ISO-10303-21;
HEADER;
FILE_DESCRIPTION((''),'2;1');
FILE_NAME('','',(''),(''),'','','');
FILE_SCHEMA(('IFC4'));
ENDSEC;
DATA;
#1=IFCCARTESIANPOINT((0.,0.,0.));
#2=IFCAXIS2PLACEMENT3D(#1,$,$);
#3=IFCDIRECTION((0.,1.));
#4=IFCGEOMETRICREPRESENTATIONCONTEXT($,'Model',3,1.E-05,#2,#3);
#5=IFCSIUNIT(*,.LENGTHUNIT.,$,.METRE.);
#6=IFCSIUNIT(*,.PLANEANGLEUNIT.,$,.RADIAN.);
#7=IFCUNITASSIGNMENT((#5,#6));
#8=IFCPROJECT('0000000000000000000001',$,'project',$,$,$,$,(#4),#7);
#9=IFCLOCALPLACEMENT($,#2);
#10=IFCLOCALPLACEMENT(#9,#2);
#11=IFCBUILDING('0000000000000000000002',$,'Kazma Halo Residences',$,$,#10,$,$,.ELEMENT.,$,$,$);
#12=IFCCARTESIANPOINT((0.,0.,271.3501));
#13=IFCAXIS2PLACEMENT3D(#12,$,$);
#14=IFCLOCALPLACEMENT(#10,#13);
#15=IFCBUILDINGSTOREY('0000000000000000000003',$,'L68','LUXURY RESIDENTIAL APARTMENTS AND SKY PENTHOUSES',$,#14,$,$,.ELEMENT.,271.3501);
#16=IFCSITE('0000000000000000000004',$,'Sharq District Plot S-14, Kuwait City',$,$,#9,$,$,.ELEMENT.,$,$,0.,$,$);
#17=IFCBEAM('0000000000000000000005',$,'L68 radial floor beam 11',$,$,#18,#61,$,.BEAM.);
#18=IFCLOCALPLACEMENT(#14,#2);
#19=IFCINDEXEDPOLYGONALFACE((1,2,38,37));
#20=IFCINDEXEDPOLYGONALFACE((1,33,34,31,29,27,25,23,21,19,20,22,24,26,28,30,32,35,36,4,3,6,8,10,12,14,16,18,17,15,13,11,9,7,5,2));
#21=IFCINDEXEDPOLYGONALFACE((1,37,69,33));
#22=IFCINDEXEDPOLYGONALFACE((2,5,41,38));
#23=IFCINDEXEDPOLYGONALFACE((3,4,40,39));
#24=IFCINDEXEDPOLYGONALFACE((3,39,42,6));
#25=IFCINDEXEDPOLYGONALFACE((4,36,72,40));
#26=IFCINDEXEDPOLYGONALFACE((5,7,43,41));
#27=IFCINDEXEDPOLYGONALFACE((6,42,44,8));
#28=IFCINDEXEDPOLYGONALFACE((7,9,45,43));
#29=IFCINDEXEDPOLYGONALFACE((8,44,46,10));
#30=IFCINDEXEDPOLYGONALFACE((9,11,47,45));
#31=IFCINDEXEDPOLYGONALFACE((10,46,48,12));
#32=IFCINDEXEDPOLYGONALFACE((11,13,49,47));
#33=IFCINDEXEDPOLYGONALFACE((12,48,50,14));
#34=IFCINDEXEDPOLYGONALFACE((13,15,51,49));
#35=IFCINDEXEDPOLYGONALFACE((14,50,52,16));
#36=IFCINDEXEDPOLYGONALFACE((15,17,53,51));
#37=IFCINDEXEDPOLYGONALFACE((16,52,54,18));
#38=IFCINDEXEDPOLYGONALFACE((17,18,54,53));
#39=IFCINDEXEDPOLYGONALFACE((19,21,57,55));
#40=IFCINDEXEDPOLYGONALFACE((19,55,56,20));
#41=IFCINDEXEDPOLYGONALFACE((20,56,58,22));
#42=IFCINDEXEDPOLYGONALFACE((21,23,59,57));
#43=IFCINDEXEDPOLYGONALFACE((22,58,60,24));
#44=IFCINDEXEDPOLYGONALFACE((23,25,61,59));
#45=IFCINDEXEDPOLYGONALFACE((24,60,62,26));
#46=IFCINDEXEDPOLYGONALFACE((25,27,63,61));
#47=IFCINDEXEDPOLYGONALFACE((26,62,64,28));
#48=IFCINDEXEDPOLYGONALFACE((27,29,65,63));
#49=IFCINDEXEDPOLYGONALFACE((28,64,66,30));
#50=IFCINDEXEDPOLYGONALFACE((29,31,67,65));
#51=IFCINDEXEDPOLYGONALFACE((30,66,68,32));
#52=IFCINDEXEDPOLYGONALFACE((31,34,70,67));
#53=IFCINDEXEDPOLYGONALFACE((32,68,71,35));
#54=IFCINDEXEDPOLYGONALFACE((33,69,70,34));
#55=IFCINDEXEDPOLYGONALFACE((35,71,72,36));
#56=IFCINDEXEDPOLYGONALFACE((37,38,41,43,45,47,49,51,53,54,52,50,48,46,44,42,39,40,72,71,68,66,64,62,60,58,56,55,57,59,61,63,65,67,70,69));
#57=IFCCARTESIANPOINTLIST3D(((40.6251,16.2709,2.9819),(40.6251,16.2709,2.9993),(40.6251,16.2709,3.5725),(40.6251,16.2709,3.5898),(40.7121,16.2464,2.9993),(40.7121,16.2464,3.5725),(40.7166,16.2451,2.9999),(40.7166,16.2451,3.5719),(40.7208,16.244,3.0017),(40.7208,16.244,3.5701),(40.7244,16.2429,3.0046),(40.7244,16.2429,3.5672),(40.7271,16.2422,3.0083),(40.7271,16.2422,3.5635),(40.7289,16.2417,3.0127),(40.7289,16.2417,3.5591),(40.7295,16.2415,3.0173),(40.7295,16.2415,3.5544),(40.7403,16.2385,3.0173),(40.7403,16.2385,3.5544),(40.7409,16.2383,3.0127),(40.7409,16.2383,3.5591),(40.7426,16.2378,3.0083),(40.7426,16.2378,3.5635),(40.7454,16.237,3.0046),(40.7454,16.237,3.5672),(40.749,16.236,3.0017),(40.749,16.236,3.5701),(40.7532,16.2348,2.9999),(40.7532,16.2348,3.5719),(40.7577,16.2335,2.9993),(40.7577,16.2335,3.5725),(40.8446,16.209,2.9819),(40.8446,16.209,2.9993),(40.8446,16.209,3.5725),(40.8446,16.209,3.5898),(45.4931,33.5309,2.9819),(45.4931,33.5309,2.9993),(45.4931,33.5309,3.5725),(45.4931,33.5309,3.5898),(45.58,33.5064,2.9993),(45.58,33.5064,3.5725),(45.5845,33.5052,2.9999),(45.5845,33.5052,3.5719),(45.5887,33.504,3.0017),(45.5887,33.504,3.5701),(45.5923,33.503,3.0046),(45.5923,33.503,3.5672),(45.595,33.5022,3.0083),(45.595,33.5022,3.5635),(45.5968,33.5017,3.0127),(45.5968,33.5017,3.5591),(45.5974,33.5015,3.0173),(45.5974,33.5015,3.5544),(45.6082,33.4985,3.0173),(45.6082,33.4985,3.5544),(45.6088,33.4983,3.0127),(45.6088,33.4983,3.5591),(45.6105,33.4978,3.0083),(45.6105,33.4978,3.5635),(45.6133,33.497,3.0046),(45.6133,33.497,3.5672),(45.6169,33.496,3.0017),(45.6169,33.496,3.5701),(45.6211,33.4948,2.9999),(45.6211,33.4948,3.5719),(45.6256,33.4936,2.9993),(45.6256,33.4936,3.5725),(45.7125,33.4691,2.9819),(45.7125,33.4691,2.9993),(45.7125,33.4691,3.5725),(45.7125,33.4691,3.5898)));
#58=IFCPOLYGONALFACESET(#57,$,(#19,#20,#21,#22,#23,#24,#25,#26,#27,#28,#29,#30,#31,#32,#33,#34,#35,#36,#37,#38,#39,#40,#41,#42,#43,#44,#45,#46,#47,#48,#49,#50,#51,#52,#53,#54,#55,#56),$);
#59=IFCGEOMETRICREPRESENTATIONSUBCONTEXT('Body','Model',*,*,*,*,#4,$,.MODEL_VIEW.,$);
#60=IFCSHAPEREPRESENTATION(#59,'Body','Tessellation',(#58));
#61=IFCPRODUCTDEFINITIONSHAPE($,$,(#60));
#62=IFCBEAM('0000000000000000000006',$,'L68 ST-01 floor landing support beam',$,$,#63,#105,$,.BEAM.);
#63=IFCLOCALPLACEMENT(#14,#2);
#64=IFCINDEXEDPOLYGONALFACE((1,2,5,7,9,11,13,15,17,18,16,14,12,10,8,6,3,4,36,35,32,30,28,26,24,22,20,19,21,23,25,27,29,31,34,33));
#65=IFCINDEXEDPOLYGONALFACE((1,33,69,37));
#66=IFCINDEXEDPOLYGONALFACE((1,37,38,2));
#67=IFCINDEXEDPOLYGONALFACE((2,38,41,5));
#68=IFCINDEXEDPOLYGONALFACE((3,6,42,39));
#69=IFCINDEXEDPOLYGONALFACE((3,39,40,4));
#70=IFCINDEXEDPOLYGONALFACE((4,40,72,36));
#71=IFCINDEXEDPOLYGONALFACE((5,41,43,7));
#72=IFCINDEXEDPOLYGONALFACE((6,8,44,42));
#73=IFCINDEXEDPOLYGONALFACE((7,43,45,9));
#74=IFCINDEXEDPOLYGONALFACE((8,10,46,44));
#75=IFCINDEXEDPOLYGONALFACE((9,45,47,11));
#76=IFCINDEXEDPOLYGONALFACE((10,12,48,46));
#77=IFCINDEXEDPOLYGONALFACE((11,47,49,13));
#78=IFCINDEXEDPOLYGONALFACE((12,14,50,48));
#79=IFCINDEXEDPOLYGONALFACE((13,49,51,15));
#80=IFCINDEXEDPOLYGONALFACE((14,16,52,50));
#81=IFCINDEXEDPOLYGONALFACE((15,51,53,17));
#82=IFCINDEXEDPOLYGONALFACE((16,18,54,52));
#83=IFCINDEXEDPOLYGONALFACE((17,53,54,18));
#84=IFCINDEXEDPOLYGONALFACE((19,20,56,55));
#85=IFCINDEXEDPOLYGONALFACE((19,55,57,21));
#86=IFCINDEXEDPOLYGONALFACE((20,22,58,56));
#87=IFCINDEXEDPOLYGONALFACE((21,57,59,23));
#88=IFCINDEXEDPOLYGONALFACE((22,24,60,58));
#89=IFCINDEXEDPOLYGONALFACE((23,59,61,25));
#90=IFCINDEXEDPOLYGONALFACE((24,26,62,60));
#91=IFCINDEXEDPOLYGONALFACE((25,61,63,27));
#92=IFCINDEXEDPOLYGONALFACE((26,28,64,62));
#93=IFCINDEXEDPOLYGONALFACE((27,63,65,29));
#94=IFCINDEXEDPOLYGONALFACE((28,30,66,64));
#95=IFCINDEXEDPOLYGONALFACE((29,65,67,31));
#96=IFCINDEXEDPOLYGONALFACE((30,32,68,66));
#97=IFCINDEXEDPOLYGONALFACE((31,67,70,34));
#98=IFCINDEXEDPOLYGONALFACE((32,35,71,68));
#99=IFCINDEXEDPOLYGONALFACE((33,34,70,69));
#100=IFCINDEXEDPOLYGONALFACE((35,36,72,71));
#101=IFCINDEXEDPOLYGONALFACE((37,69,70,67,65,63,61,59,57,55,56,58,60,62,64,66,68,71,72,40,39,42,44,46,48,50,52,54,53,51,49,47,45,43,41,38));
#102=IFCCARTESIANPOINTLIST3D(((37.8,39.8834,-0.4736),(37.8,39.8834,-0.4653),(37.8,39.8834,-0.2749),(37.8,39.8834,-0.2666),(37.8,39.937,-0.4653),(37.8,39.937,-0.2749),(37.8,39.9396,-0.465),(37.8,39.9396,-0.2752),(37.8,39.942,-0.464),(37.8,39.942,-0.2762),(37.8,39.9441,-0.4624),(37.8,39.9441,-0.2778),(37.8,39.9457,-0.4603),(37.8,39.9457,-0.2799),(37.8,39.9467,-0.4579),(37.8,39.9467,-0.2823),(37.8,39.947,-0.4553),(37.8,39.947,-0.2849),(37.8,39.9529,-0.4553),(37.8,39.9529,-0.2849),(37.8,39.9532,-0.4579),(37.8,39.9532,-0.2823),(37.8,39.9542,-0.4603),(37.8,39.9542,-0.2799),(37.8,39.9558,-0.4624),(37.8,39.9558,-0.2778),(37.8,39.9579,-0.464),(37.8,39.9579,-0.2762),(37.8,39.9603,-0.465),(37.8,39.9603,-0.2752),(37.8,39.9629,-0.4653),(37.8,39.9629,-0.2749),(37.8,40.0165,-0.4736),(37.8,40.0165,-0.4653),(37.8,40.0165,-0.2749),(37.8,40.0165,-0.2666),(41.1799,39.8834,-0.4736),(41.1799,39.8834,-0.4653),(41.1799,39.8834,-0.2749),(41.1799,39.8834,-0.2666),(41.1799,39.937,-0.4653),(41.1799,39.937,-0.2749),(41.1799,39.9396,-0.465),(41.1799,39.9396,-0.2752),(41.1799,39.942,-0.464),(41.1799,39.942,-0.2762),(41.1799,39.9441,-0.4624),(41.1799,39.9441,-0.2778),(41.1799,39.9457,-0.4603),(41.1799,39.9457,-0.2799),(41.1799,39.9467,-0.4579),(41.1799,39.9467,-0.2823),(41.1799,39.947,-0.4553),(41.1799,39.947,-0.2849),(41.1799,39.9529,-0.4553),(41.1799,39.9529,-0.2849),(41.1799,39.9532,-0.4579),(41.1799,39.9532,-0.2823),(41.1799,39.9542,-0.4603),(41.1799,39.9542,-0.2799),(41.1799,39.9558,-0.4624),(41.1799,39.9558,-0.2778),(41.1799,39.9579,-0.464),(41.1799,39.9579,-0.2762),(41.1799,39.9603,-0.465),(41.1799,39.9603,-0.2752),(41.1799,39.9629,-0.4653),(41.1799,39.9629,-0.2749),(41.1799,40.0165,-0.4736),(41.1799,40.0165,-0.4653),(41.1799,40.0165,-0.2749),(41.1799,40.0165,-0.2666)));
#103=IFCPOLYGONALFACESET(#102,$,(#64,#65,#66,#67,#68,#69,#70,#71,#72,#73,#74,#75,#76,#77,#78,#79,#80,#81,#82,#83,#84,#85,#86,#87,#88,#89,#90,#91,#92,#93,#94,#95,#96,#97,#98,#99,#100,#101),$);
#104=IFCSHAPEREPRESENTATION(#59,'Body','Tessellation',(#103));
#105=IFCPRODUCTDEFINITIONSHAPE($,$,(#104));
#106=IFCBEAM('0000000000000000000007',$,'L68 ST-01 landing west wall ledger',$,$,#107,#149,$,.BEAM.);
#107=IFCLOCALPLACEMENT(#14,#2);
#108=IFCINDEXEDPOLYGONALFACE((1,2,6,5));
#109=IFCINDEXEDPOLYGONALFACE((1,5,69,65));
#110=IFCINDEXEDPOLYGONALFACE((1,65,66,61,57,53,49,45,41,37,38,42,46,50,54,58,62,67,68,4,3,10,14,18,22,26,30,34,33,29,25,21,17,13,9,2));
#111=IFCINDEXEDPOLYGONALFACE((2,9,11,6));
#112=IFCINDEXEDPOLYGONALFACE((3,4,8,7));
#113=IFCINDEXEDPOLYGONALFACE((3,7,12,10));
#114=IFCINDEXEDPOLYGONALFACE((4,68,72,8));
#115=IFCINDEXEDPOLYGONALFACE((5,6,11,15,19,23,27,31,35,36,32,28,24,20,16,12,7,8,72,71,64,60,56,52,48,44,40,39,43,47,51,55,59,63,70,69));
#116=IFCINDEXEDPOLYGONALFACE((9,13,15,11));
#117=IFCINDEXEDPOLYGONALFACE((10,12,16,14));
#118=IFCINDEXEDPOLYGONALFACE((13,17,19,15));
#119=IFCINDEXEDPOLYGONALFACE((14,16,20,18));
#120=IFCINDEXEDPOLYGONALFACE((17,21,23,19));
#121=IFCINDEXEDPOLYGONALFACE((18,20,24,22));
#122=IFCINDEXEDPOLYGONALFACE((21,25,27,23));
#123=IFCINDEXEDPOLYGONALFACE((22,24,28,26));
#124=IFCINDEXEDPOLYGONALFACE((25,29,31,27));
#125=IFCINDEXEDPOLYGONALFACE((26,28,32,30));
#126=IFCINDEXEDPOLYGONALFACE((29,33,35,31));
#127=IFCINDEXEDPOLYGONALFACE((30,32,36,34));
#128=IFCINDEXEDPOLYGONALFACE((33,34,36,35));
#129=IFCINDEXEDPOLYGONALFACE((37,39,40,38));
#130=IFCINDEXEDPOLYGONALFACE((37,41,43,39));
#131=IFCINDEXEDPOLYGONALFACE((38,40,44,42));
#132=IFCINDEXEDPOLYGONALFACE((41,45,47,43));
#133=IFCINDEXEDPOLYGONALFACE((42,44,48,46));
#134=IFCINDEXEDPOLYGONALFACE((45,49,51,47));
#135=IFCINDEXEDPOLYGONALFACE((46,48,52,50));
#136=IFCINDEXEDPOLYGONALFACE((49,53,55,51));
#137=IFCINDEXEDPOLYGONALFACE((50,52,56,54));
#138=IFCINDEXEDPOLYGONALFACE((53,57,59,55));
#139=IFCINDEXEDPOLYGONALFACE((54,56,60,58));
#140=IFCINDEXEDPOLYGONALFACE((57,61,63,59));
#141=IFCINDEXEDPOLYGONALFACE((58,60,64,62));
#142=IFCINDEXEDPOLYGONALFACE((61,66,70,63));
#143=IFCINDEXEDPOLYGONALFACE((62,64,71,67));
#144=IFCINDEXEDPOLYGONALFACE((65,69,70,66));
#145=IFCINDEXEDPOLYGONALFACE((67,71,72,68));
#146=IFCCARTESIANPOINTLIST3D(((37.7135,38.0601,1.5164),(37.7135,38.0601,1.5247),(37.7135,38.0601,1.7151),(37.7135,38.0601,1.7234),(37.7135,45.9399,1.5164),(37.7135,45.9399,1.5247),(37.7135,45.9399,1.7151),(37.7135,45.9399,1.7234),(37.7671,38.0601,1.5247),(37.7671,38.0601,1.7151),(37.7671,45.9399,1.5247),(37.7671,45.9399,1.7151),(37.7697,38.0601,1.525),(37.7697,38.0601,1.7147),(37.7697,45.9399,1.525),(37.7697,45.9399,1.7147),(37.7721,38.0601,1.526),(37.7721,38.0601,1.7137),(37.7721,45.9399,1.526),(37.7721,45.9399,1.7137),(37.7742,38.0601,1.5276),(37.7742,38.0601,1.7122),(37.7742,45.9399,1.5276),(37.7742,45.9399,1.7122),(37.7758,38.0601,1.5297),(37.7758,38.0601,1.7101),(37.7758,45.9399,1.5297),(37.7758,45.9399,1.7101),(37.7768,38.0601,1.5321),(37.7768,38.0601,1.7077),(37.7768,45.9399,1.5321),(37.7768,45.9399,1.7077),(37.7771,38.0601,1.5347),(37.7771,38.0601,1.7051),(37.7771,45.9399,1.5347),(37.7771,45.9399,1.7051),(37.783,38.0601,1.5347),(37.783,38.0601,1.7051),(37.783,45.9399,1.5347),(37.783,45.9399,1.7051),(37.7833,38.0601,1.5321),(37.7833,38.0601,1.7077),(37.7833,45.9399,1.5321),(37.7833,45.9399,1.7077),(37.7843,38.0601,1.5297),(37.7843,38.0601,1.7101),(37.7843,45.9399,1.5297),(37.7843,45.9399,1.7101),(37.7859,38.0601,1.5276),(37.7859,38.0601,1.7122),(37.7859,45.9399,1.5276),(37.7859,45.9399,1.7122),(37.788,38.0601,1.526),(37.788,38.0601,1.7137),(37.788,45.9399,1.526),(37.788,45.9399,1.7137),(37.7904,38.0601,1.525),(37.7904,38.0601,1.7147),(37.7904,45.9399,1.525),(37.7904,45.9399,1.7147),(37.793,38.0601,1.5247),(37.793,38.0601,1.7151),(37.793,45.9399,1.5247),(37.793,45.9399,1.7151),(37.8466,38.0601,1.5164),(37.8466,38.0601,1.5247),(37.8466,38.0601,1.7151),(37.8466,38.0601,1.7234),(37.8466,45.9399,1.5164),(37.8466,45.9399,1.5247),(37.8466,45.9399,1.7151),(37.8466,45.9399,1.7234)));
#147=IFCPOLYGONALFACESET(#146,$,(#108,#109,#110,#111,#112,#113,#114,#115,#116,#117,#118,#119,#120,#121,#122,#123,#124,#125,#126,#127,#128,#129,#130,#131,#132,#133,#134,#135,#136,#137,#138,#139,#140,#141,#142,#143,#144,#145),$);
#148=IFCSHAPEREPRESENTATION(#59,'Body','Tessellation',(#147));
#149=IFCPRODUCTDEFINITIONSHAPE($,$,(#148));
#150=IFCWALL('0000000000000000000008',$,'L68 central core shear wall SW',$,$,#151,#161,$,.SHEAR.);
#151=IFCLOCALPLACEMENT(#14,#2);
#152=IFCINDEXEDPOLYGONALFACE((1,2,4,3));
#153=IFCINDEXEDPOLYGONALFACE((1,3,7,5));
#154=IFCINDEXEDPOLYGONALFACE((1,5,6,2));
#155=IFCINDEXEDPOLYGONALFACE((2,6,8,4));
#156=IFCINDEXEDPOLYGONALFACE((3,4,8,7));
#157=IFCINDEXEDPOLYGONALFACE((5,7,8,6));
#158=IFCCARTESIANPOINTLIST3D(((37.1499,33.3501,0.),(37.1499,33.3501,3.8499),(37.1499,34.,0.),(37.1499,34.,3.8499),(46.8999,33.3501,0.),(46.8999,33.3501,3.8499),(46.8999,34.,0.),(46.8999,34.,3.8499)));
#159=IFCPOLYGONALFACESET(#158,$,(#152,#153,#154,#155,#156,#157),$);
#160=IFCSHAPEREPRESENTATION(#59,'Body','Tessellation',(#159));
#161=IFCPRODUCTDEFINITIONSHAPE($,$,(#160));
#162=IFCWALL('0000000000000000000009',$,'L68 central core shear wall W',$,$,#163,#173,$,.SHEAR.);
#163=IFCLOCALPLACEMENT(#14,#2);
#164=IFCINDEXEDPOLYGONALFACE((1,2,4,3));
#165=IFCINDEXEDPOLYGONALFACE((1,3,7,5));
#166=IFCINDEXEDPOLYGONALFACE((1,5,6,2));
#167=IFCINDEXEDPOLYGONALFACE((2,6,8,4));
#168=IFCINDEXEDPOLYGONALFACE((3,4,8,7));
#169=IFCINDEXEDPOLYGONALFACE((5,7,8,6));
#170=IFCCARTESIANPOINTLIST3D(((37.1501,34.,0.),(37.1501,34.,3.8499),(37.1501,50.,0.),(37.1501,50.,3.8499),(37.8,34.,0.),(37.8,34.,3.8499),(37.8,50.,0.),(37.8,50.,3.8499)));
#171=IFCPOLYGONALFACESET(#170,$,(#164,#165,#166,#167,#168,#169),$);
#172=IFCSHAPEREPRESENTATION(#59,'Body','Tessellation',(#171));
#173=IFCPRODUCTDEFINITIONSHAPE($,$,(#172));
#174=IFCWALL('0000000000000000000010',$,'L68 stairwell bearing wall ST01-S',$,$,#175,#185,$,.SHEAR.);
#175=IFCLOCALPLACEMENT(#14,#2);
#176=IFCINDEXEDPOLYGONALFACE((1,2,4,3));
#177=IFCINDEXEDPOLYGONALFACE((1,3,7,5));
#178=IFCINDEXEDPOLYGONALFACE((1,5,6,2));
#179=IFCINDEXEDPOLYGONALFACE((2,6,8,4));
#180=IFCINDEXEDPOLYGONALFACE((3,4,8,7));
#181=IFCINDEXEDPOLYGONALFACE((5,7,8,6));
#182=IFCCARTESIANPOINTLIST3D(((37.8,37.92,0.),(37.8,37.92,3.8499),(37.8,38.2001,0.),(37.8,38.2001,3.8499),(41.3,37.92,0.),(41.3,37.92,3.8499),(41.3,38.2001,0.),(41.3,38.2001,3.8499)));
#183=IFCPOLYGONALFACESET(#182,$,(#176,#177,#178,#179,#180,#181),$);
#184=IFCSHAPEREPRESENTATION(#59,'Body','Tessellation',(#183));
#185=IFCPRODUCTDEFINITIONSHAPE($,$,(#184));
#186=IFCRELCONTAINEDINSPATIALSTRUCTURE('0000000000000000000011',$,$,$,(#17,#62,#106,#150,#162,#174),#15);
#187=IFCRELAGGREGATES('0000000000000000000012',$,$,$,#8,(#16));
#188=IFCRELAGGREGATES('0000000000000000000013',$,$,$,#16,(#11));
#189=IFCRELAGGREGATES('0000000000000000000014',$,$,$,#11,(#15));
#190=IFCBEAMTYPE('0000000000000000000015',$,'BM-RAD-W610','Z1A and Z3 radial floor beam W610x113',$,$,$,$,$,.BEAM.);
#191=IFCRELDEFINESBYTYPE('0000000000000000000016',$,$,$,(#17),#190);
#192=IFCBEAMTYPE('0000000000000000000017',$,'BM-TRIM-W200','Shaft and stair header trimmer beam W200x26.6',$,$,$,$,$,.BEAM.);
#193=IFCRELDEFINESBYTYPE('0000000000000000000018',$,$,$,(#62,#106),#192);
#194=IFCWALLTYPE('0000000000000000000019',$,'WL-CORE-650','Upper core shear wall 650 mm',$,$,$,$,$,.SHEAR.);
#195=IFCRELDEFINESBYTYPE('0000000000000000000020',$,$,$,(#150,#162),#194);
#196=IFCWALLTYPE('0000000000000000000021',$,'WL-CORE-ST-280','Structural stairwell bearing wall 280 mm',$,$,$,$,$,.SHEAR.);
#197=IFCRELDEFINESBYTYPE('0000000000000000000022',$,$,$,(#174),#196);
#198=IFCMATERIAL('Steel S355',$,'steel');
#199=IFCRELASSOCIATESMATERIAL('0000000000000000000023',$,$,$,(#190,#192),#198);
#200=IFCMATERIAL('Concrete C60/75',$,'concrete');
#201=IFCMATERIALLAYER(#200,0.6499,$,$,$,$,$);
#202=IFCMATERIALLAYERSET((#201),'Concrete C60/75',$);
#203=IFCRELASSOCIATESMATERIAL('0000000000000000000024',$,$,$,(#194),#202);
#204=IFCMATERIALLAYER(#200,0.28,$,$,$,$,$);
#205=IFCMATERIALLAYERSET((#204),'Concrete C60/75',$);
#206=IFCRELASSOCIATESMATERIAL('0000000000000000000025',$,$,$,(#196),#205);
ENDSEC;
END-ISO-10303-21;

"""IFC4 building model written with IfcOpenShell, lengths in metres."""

from ifc_helpers import new_model, si_unit, direction, frame, frame_2d, origin, origin_2d, place, context, subcontext, project, spatial, rectangle, i_section, extrude, material, layer, layer_set, material_profile, profile_set, type_object, element, save


model = new_model("IFC4")

# Units and contexts
model_context = context("Model", 3, precision=1e-05, world=origin(), true_north=direction((0.0, 1.0)))
body_context = subcontext(model_context, "Body", "Model", "MODEL_VIEW")
ifc_project = project(units=[si_unit("LENGTHUNIT", "METRE"), si_unit("PLANEANGLEUNIT", "RADIAN")], contexts=[model_context])

# Site, building, storey
site_placement = place(None, origin())
site = spatial("IfcSite", under=ifc_project, at=site_placement, Name="Sharq District Plot S-14, Kuwait City", CompositionType="ELEMENT", RefElevation=0.0)
building_placement = place(site_placement, origin())
building = spatial("IfcBuilding", under=site, at=building_placement, Name="Kazma Halo Residences", CompositionType="ELEMENT")
storey_placement = place(building_placement, frame((0.0, 0.0, 271.3501)))
storey = spatial("IfcBuildingStorey", under=building, at=storey_placement, Name="L68", Description="LUXURY RESIDENTIAL APARTMENTS AND SKY PENTHOUSES", CompositionType="ELEMENT", Elevation=271.3501)

# Beams
ifc_material_1 = material(Name="Steel S355", Category="steel")
ifc_material_profile_1 = material_profile(ifc_material_1, i_section(OverallWidth=0.228, OverallDepth=0.6079, WebThickness=0.0112, FlangeThickness=0.0173, FilletRadius=0.0181, at=origin_2d()), Name="W610x113")
ifc_profile_set_1 = profile_set([ifc_material_profile_1], Name="Steel S355")
beam_type_1 = type_object("IfcBeamType", Name="BM-RAD-W610", Description="Z1A and Z3 radial floor beam W610x113", PredefinedType="BEAM", material=ifc_profile_set_1)
beam_1_placement = place(storey_placement, frame((45.6028, 33.5, 3.2859), z_axis=(-0.271445, -0.962454, 0.0), x_axis=(0.962454, -0.271445, 0.0)))
element("IfcBeam", 1, at=beam_1_placement, inside=storey, type_object=beam_type_1, Name="L68 radial floor beam 11", PredefinedType="BEAM", context=body_context, shape_type="SweptSolid", body=[
    extrude(i_section(OverallWidth=0.228, OverallDepth=0.6079, WebThickness=0.0112, FlangeThickness=0.0173, FilletRadius=0.0181, at=origin_2d()), origin(), (0.0, 0.0, 1.0), 17.9333),
])
ifc_material_profile_2 = material_profile(ifc_material_1, i_section(OverallWidth=0.1331, OverallDepth=0.207, WebThickness=0.0059, FlangeThickness=0.0083, FilletRadius=0.01, at=origin_2d()), Name="W200x26.6")
ifc_profile_set_2 = profile_set([ifc_material_profile_2], Name="Steel S355")
beam_type_2 = type_object("IfcBeamType", Name="BM-TRIM-W200", Description="Shaft and stair header trimmer beam W200x26.6", PredefinedType="BEAM", material=ifc_profile_set_2)
beam_2_placement = place(storey_placement, frame((37.8, 39.95, -0.3701), z_axis=(1.0, 0.0, 0.0), x_axis=(0.0, 1.0, 0.0)))
element("IfcBeam", 2, at=beam_2_placement, inside=storey, type_object=beam_type_2, Name="L68 ST-01 floor landing support beam", PredefinedType="BEAM", context=body_context, shape_type="SweptSolid", body=[
    extrude(i_section(OverallWidth=0.1331, OverallDepth=0.207, WebThickness=0.0059, FlangeThickness=0.0083, FilletRadius=0.01, at=origin_2d()), origin(), (0.0, 0.0, 1.0), 3.3799),
])
beam_3_placement = place(storey_placement, frame((37.78, 38.0601, 1.6199), z_axis=(0.0, 1.0, 0.0), x_axis=(-1.0, 0.0, 0.0)))
element("IfcBeam", 3, at=beam_3_placement, inside=storey, type_object=beam_type_2, Name="L68 ST-01 landing west wall ledger", PredefinedType="BEAM", context=body_context, shape_type="SweptSolid", body=[
    extrude(i_section(OverallWidth=0.1331, OverallDepth=0.207, WebThickness=0.0059, FlangeThickness=0.0083, FilletRadius=0.01, at=origin_2d()), origin(), (0.0, 0.0, 1.0), 7.8799),
])

# Walls
ifc_material_2 = material(Name="Concrete C60/75", Category="concrete")
ifc_layer_1 = layer(ifc_material_2, 0.6499)
ifc_layer_set_1 = layer_set([ifc_layer_1], Name="Concrete C60/75")
wall_type_1 = type_object("IfcWallType", Name="WL-CORE-650", Description="Upper core shear wall 650 mm", PredefinedType="SHEAR", material=ifc_layer_set_1)
wall_1_placement = place(storey_placement, frame((37.1499, 33.675, 0.0), z_axis=(0.0, 0.0, 1.0), x_axis=(1.0, 0.0, 0.0)))
element("IfcWall", 4, at=wall_1_placement, inside=storey, type_object=wall_type_1, Name="L68 central core shear wall SW", PredefinedType="SHEAR", context=body_context, shape_type="SweptSolid", body=[
    extrude(rectangle(XDim=9.75, YDim=0.6499, at=frame_2d((4.875, 0.0))), origin(), (0.0, 0.0, 1.0), 3.8499),
])
wall_2_placement = place(storey_placement, frame((37.4751, 34.0, 0.0), z_axis=(0.0, 0.0, 1.0), x_axis=(0.0, 1.0, 0.0)))
element("IfcWall", 5, at=wall_2_placement, inside=storey, type_object=wall_type_1, Name="L68 central core shear wall W", PredefinedType="SHEAR", context=body_context, shape_type="SweptSolid", body=[
    extrude(rectangle(XDim=16.0, YDim=0.6499, at=frame_2d((8.0, 0.0))), origin(), (0.0, 0.0, 1.0), 3.8499),
])
ifc_layer_2 = layer(ifc_material_2, 0.28)
ifc_layer_set_2 = layer_set([ifc_layer_2], Name="Concrete C60/75")
wall_type_2 = type_object("IfcWallType", Name="WL-CORE-ST-280", Description="Structural stairwell bearing wall 280 mm", PredefinedType="SHEAR", material=ifc_layer_set_2)
wall_3_placement = place(storey_placement, frame((37.8, 38.0601, 0.0), z_axis=(0.0, 0.0, 1.0), x_axis=(1.0, 0.0, 0.0)))
element("IfcWall", 6, at=wall_3_placement, inside=storey, type_object=wall_type_2, Name="L68 stairwell bearing wall ST01-S", PredefinedType="SHEAR", context=body_context, shape_type="SweptSolid", body=[
    extrude(rectangle(XDim=3.5, YDim=0.28, at=frame_2d((1.75, 0.0))), origin(), (0.0, 0.0, 1.0), 3.8499),
])

save(model, "model.ifc")
